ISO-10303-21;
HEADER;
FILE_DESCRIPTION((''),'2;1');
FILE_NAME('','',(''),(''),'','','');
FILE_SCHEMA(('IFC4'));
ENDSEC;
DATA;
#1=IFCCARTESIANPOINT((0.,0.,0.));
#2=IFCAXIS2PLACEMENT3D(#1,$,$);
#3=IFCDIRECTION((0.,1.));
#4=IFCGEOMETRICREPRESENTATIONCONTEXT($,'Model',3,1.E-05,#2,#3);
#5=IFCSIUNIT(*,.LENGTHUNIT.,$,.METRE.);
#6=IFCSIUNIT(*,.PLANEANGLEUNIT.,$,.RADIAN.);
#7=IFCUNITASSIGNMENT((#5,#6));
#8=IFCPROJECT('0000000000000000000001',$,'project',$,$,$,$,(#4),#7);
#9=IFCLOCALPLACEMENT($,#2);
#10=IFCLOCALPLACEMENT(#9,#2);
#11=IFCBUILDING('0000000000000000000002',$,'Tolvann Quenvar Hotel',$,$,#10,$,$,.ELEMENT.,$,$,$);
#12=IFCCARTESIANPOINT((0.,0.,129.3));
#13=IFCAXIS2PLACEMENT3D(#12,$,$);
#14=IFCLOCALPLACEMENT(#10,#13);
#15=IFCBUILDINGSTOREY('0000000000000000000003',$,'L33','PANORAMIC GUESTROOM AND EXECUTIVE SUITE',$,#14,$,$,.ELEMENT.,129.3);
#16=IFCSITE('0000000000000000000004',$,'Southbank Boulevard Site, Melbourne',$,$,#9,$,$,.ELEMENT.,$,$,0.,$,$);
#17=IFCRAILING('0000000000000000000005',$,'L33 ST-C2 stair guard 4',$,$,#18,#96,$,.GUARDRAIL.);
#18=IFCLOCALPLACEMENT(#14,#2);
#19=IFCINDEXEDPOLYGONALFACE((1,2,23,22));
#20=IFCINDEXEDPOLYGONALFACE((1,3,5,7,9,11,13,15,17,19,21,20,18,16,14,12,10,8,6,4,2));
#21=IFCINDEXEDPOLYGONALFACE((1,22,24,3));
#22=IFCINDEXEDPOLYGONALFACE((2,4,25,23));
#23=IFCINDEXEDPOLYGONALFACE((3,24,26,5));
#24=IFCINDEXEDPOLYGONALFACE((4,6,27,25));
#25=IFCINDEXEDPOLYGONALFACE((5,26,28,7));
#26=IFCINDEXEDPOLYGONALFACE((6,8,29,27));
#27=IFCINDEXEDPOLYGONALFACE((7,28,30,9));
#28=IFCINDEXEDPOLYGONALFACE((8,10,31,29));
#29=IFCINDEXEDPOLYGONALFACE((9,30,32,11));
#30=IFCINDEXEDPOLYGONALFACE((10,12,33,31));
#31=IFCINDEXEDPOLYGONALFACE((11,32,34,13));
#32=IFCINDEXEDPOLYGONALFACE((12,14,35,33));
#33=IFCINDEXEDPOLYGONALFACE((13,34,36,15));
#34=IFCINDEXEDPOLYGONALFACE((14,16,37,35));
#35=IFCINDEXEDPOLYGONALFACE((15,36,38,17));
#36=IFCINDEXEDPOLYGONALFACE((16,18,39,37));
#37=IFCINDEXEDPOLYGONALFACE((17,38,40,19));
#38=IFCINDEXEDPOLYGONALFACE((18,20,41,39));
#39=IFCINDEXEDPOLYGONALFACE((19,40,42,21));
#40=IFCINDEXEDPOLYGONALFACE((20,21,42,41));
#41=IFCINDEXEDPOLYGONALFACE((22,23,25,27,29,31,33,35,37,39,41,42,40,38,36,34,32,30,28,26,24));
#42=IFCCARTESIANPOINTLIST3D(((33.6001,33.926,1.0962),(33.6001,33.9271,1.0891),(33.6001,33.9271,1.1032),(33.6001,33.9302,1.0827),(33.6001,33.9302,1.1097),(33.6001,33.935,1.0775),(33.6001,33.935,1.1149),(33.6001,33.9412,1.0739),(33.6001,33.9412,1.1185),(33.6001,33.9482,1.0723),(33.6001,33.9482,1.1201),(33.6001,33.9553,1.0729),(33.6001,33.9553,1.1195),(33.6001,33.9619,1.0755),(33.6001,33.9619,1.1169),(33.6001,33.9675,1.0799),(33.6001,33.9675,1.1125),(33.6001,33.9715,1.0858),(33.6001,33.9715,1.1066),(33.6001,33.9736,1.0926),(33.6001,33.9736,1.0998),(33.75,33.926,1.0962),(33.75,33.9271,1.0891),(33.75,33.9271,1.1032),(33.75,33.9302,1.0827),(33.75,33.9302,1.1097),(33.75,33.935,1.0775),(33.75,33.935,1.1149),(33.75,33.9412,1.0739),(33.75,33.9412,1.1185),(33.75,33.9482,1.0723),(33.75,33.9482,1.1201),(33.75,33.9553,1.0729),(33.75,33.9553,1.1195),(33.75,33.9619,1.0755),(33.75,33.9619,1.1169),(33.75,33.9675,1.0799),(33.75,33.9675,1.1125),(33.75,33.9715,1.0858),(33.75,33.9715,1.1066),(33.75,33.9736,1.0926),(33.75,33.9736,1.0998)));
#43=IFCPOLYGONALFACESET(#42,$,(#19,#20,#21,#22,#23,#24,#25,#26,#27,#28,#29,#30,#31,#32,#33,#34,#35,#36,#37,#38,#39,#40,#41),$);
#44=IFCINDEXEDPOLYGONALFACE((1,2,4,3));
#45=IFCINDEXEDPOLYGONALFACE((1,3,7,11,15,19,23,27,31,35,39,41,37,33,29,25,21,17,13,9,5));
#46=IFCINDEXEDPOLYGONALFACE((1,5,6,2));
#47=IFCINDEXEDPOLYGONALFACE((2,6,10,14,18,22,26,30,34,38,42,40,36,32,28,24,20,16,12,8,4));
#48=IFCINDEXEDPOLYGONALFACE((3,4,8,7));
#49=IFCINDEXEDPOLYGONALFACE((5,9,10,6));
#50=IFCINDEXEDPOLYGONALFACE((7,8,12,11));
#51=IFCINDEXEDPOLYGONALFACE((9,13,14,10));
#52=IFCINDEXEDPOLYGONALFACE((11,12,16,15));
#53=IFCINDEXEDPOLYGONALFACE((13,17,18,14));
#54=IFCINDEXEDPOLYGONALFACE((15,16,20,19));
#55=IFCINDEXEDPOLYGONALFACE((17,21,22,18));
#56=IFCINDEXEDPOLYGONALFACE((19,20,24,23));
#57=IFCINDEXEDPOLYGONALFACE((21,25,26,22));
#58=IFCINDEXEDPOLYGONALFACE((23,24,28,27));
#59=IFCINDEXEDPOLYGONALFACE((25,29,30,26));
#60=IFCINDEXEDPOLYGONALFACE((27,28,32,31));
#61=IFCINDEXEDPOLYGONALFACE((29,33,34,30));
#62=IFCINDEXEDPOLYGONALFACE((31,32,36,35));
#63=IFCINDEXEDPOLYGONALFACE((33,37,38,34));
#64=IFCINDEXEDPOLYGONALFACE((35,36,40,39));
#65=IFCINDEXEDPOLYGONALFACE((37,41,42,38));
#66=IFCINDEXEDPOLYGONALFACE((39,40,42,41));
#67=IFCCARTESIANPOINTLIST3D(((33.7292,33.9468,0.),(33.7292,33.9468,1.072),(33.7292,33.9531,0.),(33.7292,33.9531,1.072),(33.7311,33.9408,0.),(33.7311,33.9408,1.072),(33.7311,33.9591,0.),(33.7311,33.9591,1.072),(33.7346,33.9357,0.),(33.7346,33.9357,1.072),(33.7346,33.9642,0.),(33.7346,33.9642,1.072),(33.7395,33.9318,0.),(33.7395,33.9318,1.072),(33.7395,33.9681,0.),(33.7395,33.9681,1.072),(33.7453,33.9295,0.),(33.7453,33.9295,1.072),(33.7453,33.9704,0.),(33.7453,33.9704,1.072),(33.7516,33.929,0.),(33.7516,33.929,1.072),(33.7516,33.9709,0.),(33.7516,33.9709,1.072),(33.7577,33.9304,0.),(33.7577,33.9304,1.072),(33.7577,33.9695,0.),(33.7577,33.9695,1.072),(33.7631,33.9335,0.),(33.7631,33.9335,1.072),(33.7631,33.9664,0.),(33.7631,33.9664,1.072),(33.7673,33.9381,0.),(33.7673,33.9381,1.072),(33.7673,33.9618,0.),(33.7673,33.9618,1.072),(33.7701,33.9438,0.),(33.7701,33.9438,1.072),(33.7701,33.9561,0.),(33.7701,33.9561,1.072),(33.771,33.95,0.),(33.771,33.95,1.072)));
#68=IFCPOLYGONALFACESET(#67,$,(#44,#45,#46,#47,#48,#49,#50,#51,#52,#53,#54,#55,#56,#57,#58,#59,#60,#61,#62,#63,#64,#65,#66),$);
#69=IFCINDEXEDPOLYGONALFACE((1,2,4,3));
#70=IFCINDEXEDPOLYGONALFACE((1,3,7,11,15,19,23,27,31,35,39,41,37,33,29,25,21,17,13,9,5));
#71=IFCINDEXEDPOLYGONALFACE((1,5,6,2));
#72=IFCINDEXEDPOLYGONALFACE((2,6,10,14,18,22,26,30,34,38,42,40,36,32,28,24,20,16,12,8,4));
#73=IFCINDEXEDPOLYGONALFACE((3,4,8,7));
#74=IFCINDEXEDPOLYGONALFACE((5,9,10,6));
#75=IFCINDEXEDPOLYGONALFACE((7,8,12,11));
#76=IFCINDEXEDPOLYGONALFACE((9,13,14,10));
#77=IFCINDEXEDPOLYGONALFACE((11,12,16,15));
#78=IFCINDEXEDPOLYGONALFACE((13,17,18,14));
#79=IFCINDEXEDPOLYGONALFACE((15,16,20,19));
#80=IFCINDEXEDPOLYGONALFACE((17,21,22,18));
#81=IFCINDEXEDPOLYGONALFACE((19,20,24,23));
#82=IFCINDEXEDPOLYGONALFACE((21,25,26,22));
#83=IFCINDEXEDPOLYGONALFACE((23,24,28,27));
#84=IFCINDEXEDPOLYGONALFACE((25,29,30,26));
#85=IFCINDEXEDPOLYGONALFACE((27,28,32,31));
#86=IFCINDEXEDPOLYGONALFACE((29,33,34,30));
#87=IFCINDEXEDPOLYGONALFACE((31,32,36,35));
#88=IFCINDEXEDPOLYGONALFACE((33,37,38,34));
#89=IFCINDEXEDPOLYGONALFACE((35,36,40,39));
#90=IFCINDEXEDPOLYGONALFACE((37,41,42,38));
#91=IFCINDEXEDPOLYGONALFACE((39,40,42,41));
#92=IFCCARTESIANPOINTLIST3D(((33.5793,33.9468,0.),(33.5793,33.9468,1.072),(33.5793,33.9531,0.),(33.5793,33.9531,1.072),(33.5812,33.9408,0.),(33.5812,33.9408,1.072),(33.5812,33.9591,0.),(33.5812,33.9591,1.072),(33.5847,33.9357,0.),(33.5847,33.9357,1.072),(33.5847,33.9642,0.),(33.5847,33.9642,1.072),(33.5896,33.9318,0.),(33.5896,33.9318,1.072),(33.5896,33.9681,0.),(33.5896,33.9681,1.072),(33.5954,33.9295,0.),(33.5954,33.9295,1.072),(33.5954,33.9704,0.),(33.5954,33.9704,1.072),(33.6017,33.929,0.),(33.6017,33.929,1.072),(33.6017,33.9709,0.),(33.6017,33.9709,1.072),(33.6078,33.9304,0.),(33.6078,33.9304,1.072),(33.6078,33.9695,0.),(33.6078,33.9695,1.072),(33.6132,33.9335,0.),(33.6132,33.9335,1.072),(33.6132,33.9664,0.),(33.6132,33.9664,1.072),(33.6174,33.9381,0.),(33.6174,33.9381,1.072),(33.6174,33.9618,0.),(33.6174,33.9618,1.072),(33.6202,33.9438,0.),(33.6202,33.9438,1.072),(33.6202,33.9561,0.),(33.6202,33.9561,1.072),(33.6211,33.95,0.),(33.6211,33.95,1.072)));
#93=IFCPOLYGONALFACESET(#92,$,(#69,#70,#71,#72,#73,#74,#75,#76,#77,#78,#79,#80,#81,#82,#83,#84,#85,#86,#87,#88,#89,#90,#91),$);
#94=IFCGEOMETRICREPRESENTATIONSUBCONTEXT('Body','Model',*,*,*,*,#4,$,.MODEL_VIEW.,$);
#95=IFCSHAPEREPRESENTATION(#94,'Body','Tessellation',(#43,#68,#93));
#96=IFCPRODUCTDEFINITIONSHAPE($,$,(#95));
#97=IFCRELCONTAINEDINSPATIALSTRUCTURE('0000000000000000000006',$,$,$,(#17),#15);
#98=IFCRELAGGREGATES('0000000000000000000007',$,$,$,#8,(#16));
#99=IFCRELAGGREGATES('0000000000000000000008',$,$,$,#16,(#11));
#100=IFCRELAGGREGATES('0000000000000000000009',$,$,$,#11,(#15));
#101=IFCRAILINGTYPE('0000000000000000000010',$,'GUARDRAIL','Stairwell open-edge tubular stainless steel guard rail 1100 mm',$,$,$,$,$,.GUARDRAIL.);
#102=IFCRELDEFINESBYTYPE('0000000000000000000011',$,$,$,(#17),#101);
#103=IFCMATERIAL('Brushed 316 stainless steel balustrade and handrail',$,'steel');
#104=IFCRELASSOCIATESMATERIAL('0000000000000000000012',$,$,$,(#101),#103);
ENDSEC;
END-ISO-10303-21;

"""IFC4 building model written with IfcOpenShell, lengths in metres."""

from ifc_helpers import new_model, si_unit, direction, frame, origin, origin_2d, place, context, subcontext, project, spatial, circle, extrude, material, type_object, element, save


model = new_model("IFC4")

# Units and contexts
model_context = context("Model", 3, precision=1e-05, world=origin(), true_north=direction((0.0, 1.0)))
body_context = subcontext(model_context, "Body", "Model", "MODEL_VIEW")
ifc_project = project(units=[si_unit("LENGTHUNIT", "METRE"), si_unit("PLANEANGLEUNIT", "RADIAN")], contexts=[model_context])

# Site, building, storey
site_placement = place(None, origin())
site = spatial("IfcSite", under=ifc_project, at=site_placement, Name="Southbank Boulevard Site, Melbourne", CompositionType="ELEMENT", RefElevation=0.0)
building_placement = place(site_placement, origin())
building = spatial("IfcBuilding", under=site, at=building_placement, Name="Tolvann Quenvar Hotel", CompositionType="ELEMENT")
storey_placement = place(building_placement, frame((0.0, 0.0, 129.3)))
storey = spatial("IfcBuildingStorey", under=building, at=storey_placement, Name="L33", Description="PANORAMIC GUESTROOM AND EXECUTIVE SUITE", CompositionType="ELEMENT", Elevation=129.3)

# Railing
ifc_material_1 = material(Name="Brushed 316 stainless steel balustrade and handrail", Category="steel")
railing_type_1 = type_object("IfcRailingType", Name="GUARDRAIL", Description="Stairwell open-edge tubular stainless steel guard rail 1100 mm", PredefinedType="GUARDRAIL", material=ifc_material_1)
railing_1_placement = place(storey_placement, frame((33.75, 33.95, 0.0)))
element("IfcRailing", 1, at=railing_1_placement, inside=storey, type_object=railing_type_1, Name="L33 ST-C2 stair guard 4", PredefinedType="GUARDRAIL", context=body_context, shape_type="SweptSolid", body=[
    extrude(circle(Radius=0.0239, at=origin_2d()), frame((0.0, 0.0, 1.0962), z_axis=(-1.0, 0.0, 0.0), x_axis=(0.0, -1.0, 0.0)), (0.0, 0.0, 1.0), 0.1499),
    extrude(circle(Radius=0.021, at=origin_2d()), origin(), (0.0, 0.0, 1.0), 1.072),
    extrude(circle(Radius=0.021, at=origin_2d()), frame((-0.1499, 0.0, 0.0)), (0.0, 0.0, 1.0), 1.072),
])

save(model, "model.ifc")
